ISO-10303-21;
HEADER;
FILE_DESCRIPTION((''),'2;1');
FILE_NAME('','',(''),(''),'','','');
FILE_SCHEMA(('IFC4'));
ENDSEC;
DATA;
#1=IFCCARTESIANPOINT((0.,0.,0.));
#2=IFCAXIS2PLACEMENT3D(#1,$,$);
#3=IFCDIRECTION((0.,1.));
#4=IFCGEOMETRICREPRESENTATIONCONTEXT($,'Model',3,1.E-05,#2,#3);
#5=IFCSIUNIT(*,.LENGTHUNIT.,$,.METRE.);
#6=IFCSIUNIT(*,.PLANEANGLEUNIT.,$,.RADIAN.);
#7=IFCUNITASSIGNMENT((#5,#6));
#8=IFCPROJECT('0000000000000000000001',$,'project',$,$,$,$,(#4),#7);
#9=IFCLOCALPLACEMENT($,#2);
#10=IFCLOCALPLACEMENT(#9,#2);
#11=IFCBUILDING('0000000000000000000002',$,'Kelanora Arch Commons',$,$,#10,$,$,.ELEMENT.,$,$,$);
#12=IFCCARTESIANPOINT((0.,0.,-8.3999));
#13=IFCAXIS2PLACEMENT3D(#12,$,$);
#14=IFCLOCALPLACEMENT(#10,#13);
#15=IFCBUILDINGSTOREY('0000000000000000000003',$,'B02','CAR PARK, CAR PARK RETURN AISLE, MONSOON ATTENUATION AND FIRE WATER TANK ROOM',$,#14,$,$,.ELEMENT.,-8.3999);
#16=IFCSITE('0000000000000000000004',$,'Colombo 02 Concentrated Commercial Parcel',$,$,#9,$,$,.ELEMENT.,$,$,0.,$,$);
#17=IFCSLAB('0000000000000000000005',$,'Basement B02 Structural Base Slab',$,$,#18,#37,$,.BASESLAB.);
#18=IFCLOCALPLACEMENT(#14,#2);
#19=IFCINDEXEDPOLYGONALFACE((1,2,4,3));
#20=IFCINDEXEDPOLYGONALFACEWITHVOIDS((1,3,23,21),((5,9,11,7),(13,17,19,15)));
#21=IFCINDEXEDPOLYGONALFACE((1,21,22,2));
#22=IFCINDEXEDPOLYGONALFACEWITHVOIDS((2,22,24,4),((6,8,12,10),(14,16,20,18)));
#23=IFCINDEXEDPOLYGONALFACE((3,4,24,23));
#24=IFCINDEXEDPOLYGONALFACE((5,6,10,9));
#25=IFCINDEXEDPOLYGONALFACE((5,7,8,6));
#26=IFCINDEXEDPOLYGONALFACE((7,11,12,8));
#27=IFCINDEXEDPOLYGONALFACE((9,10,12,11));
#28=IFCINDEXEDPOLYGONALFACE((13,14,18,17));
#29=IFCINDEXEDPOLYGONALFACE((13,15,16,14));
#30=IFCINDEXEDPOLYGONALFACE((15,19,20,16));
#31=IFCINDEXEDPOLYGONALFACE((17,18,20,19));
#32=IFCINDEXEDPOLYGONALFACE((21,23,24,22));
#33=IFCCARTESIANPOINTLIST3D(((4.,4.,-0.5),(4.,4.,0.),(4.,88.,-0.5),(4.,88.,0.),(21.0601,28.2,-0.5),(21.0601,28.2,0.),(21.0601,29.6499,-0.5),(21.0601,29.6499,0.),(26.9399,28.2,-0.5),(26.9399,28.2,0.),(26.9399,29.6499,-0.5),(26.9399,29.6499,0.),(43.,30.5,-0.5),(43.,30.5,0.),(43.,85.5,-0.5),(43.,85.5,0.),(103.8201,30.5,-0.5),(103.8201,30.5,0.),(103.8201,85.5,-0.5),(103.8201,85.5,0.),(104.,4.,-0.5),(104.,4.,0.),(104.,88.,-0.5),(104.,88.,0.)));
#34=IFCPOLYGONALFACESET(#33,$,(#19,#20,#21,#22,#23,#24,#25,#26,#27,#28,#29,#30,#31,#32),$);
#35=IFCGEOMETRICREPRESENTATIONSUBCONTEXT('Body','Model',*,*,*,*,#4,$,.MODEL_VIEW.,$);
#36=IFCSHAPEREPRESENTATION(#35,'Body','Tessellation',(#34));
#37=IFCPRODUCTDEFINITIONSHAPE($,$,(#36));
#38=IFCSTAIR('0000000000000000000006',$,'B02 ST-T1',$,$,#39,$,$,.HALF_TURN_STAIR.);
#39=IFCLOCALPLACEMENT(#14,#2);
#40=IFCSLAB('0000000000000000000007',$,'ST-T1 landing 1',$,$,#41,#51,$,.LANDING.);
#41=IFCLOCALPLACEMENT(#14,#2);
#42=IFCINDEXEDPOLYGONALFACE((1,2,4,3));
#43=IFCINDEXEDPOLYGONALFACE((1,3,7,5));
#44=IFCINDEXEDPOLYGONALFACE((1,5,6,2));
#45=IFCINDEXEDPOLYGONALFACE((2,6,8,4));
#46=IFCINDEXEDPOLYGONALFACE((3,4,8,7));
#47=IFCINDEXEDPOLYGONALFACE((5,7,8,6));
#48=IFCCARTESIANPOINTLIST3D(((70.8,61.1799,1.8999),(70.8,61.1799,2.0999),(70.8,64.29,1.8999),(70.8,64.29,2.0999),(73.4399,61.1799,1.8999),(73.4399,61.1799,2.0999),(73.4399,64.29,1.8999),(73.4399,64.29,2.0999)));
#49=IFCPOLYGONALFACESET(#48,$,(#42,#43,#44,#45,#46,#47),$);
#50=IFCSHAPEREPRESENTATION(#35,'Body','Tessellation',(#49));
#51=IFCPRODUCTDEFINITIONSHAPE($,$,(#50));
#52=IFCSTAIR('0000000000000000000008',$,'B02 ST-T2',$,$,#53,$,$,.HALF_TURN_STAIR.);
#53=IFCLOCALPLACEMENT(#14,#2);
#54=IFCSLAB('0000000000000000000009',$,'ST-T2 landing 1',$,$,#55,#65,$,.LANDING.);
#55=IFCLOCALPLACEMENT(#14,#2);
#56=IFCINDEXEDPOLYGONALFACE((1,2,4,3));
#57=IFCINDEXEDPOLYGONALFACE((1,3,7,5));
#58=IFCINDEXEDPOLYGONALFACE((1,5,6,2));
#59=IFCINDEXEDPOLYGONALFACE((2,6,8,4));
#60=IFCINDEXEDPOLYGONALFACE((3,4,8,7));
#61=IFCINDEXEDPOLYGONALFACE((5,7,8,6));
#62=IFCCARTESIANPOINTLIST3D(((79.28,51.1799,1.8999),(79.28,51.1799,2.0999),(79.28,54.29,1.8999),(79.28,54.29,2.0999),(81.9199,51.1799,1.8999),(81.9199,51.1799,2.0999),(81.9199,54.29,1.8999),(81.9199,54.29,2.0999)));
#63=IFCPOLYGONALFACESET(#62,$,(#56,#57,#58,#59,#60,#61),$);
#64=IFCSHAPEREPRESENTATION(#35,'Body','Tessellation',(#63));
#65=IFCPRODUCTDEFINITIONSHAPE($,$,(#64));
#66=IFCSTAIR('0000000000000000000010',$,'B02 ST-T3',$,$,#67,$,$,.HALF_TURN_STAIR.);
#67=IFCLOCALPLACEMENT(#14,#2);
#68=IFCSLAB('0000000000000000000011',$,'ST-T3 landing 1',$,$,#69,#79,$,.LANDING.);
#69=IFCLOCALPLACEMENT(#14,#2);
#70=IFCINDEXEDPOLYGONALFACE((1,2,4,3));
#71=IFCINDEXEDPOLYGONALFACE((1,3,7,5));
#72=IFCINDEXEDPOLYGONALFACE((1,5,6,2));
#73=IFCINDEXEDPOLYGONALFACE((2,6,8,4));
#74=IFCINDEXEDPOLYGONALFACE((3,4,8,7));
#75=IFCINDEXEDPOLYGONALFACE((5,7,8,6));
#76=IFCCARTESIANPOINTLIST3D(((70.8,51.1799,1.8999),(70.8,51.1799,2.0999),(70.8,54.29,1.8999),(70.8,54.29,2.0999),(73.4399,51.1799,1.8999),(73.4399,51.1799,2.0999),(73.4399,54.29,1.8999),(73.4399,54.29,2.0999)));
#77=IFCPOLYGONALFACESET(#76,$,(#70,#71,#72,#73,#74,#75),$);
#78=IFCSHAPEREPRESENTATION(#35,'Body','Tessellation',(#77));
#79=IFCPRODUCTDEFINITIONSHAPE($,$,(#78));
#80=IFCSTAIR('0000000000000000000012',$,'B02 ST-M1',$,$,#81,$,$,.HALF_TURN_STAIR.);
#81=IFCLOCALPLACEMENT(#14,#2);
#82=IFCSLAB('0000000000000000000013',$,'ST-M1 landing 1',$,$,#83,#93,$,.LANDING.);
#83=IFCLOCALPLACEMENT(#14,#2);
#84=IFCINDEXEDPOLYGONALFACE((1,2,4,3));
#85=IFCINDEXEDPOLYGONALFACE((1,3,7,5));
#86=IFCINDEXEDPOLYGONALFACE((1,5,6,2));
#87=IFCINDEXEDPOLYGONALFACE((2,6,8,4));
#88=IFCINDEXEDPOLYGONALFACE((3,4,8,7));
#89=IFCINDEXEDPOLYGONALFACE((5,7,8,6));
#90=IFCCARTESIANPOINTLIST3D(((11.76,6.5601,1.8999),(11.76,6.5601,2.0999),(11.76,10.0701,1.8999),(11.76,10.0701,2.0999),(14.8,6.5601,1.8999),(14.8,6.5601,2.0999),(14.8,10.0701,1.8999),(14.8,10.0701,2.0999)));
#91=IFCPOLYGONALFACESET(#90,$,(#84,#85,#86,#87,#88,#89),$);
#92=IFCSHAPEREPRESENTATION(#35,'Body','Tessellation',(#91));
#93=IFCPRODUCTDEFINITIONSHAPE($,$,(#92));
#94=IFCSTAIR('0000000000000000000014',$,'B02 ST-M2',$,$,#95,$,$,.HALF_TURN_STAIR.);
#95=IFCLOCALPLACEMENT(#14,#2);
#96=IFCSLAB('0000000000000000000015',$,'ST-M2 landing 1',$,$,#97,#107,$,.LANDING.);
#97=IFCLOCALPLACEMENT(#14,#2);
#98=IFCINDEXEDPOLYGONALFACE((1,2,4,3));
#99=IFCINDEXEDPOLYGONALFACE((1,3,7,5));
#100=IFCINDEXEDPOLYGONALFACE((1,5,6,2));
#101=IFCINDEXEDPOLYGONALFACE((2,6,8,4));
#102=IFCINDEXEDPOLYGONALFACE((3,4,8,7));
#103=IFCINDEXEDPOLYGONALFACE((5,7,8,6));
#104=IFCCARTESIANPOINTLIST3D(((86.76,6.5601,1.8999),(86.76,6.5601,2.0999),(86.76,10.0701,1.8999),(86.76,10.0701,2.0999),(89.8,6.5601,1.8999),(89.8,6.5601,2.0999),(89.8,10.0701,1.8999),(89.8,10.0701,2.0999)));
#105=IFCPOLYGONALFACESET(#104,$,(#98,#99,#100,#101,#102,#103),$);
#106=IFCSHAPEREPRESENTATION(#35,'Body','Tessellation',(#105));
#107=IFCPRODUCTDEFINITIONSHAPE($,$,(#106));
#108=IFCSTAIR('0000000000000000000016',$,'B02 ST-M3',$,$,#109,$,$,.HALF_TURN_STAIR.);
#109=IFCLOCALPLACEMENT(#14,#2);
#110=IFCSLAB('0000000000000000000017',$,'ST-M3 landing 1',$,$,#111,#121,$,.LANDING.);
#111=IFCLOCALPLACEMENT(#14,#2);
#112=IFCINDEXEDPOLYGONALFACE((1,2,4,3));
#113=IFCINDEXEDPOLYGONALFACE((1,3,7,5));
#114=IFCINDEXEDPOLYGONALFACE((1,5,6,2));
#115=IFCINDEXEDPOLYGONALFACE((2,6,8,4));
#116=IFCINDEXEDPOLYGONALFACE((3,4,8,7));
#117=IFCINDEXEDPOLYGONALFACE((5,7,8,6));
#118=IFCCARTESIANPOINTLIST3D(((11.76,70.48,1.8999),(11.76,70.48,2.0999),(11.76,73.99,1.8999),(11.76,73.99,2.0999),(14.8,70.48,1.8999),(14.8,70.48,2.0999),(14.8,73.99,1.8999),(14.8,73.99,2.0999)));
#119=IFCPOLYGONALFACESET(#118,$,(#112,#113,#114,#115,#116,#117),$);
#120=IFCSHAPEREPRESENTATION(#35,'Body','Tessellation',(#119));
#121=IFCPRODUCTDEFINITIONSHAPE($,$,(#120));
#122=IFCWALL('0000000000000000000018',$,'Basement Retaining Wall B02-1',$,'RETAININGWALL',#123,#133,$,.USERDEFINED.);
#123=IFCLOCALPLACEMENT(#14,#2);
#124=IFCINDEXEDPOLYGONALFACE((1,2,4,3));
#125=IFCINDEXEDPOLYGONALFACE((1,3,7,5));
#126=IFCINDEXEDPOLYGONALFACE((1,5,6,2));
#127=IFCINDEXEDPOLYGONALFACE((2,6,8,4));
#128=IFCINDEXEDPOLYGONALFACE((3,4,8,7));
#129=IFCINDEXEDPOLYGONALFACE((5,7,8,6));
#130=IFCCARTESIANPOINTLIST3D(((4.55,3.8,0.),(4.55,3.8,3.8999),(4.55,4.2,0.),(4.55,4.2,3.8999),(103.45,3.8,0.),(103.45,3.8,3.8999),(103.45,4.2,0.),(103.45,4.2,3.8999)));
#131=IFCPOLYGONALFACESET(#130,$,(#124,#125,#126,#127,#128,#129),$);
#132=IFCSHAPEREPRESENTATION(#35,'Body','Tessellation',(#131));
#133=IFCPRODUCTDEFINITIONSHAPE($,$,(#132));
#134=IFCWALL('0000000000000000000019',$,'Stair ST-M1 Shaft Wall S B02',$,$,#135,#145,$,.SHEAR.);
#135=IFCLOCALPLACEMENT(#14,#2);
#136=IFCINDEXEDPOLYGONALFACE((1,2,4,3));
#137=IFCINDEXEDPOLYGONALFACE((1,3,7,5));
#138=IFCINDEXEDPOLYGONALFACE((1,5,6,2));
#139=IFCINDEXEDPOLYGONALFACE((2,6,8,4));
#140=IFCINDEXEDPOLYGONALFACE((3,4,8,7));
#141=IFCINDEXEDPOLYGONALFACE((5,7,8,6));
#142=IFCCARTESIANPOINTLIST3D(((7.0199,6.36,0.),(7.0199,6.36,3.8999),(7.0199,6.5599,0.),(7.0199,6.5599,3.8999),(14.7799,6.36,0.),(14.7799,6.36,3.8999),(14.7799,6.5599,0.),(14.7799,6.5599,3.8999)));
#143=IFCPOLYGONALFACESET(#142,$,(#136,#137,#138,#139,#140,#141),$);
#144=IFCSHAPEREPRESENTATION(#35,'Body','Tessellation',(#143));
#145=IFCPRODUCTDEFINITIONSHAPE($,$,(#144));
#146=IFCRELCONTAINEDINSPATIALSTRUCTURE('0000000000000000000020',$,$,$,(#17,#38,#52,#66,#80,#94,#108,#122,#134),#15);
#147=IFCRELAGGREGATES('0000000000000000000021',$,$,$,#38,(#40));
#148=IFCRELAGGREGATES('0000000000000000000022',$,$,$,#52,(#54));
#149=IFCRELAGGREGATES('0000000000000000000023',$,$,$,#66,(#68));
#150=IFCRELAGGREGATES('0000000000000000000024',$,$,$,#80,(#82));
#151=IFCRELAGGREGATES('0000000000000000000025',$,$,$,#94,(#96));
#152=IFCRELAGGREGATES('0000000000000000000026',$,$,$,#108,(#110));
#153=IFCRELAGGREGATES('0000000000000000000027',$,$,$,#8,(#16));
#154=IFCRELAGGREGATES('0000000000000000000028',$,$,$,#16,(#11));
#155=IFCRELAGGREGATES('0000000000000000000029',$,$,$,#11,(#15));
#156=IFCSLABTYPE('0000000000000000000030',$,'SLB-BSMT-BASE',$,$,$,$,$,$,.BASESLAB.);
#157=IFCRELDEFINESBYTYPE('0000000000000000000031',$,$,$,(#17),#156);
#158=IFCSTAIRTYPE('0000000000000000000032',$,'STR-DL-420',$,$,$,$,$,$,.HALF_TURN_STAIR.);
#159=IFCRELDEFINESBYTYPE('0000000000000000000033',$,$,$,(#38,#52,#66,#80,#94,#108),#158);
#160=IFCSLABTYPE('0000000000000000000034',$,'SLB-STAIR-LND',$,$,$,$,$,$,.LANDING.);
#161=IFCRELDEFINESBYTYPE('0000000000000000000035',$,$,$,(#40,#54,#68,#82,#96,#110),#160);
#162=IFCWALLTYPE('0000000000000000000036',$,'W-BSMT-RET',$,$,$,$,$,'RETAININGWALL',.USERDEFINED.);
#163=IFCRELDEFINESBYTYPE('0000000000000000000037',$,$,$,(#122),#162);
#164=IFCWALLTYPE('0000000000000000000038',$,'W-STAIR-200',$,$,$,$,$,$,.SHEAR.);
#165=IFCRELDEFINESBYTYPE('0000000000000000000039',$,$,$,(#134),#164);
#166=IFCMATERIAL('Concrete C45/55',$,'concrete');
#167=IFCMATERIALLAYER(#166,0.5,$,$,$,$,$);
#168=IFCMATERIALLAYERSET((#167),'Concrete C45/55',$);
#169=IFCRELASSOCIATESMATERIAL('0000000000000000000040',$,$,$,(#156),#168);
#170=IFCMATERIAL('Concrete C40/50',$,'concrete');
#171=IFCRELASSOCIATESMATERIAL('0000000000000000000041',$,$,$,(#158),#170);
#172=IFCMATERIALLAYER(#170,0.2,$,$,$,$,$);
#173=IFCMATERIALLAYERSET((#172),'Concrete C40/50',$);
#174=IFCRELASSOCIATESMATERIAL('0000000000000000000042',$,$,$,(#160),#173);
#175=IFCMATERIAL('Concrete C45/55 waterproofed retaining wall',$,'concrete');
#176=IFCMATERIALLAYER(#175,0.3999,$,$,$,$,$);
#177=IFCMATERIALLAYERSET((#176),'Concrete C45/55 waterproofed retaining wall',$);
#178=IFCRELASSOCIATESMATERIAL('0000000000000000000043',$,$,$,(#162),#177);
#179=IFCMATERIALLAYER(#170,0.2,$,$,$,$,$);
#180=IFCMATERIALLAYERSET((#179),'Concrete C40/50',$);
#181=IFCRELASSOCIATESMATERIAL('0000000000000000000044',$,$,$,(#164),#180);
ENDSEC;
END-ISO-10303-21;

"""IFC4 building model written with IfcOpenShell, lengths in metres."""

from ifc_helpers import new_model, si_unit, direction, frame, frame_2d, origin, place, context, subcontext, project, spatial, polyline, rectangle, outline, extrude, material, layer, layer_set, type_object, element, aggregate, save


model = new_model("IFC4")

# Units and contexts
model_context = context("Model", 3, precision=1e-05, world=origin(), true_north=direction((0.0, 1.0)))
body_context = subcontext(model_context, "Body", "Model", "MODEL_VIEW")
ifc_project = project(units=[si_unit("LENGTHUNIT", "METRE"), si_unit("PLANEANGLEUNIT", "RADIAN")], contexts=[model_context])

# Site, building, storey
site_placement = place(None, origin())
site = spatial("IfcSite", under=ifc_project, at=site_placement, Name="Colombo 02 Concentrated Commercial Parcel", CompositionType="ELEMENT", RefElevation=0.0)
building_placement = place(site_placement, origin())
building = spatial("IfcBuilding", under=site, at=building_placement, Name="Kelanora Arch Commons", CompositionType="ELEMENT")
storey_placement = place(building_placement, frame((0.0, 0.0, -8.3999)))
storey = spatial("IfcBuildingStorey", under=building, at=storey_placement, Name="B02", Description="CAR PARK, CAR PARK RETURN AISLE, MONSOON ATTENUATION AND FIRE WATER TANK ROOM", CompositionType="ELEMENT", Elevation=-8.3999)

# Shared definitions
ifc_material_1 = material(Name="Concrete C40/50", Category="concrete")

# Shared definitions
ifc_material_2 = material(Name="Concrete C45/55", Category="concrete")

# Slab
ifc_layer_1 = layer(ifc_material_2, 0.5)
ifc_layer_set_1 = layer_set([ifc_layer_1], Name="Concrete C45/55")
slab_type_1 = type_object("IfcSlabType", Name="SLB-BSMT-BASE", PredefinedType="BASESLAB", material=ifc_layer_set_1)
slab_1_placement = place(storey_placement, frame((0.0, 0.0, -0.5)))
element("IfcSlab", 1, at=slab_1_placement, inside=storey, type_object=slab_type_1, Name="Basement B02 Structural Base Slab", PredefinedType="BASESLAB", context=body_context, shape_type="SweptSolid", body=[
    extrude(outline(polyline([(4.0, 4.0), (104.0, 4.0), (104.0, 88.0), (4.0, 88.0), (4.0, 4.0)]), holes=[polyline([(26.9399, 29.6499), (26.9399, 28.2), (21.0601, 28.2), (21.0601, 29.6499), (26.9399, 29.6499)]), polyline([(43.0, 85.5), (103.8201, 85.5), (103.8201, 30.5), (43.0, 30.5), (43.0, 85.5)])]), origin(), (0.0, 0.0, 1.0), 0.5),
])

# Stairs, slabs
stair_type = type_object("IfcStairType", Name="STR-DL-420", PredefinedType="HALF_TURN_STAIR", material=ifc_material_1)
stair_1_placement = place(storey_placement, origin())
stair_1 = element("IfcStair", 2, at=stair_1_placement, inside=storey, type_object=stair_type, Name="B02 ST-T1", PredefinedType="HALF_TURN_STAIR")
ifc_layer_2 = layer(ifc_material_1, 0.2)
ifc_layer_set_2 = layer_set([ifc_layer_2], Name="Concrete C40/50")
slab_type_2 = type_object("IfcSlabType", Name="SLB-STAIR-LND", PredefinedType="LANDING", material=ifc_layer_set_2)
slab_2_placement = place(storey_placement, frame((0.0, 0.0, 1.8999)))
slab_2 = element("IfcSlab", 3, at=slab_2_placement, type_object=slab_type_2, Name="ST-T1 landing 1", PredefinedType="LANDING", context=body_context, shape_type="SweptSolid", body=[
    extrude(outline(polyline([(70.8, 61.1799), (73.4399, 61.1799), (73.4399, 64.29), (70.8, 64.29), (70.8, 61.1799)])), origin(), (0.0, 0.0, 1.0), 0.2),
])
aggregate(stair_1, [slab_2])
stair_2_placement = place(storey_placement, origin())
stair_2 = element("IfcStair", 4, at=stair_2_placement, inside=storey, type_object=stair_type, Name="B02 ST-T2", PredefinedType="HALF_TURN_STAIR")
slab_3_placement = place(storey_placement, frame((0.0, 0.0, 1.8999)))
slab_3 = element("IfcSlab", 5, at=slab_3_placement, type_object=slab_type_2, Name="ST-T2 landing 1", PredefinedType="LANDING", context=body_context, shape_type="SweptSolid", body=[
    extrude(outline(polyline([(79.28, 51.1799), (81.9199, 51.1799), (81.9199, 54.29), (79.28, 54.29), (79.28, 51.1799)])), origin(), (0.0, 0.0, 1.0), 0.2),
])
aggregate(stair_2, [slab_3])
stair_3_placement = place(storey_placement, origin())
stair_3 = element("IfcStair", 6, at=stair_3_placement, inside=storey, type_object=stair_type, Name="B02 ST-T3", PredefinedType="HALF_TURN_STAIR")
slab_4_placement = place(storey_placement, frame((0.0, 0.0, 1.8999)))
slab_4 = element("IfcSlab", 7, at=slab_4_placement, type_object=slab_type_2, Name="ST-T3 landing 1", PredefinedType="LANDING", context=body_context, shape_type="SweptSolid", body=[
    extrude(outline(polyline([(70.8, 51.1799), (73.4399, 51.1799), (73.4399, 54.29), (70.8, 54.29), (70.8, 51.1799)])), origin(), (0.0, 0.0, 1.0), 0.2),
])
aggregate(stair_3, [slab_4])
stair_4_placement = place(storey_placement, origin())
stair_4 = element("IfcStair", 8, at=stair_4_placement, inside=storey, type_object=stair_type, Name="B02 ST-M1", PredefinedType="HALF_TURN_STAIR")
slab_5_placement = place(storey_placement, frame((0.0, 0.0, 1.8999)))
slab_5 = element("IfcSlab", 9, at=slab_5_placement, type_object=slab_type_2, Name="ST-M1 landing 1", PredefinedType="LANDING", context=body_context, shape_type="SweptSolid", body=[
    extrude(outline(polyline([(11.76, 6.5601), (14.8, 6.5601), (14.8, 10.0701), (11.76, 10.0701), (11.76, 6.5601)])), origin(), (0.0, 0.0, 1.0), 0.2),
])
aggregate(stair_4, [slab_5])
stair_5_placement = place(storey_placement, origin())
stair_5 = element("IfcStair", 10, at=stair_5_placement, inside=storey, type_object=stair_type, Name="B02 ST-M2", PredefinedType="HALF_TURN_STAIR")
slab_6_placement = place(storey_placement, frame((0.0, 0.0, 1.8999)))
slab_6 = element("IfcSlab", 11, at=slab_6_placement, type_object=slab_type_2, Name="ST-M2 landing 1", PredefinedType="LANDING", context=body_context, shape_type="SweptSolid", body=[
    extrude(outline(polyline([(86.76, 6.5601), (89.8, 6.5601), (89.8, 10.0701), (86.76, 10.0701), (86.76, 6.5601)])), origin(), (0.0, 0.0, 1.0), 0.2),
])
aggregate(stair_5, [slab_6])
stair_6_placement = place(storey_placement, origin())
stair_6 = element("IfcStair", 12, at=stair_6_placement, inside=storey, type_object=stair_type, Name="B02 ST-M3", PredefinedType="HALF_TURN_STAIR")
slab_7_placement = place(storey_placement, frame((0.0, 0.0, 1.8999)))
slab_7 = element("IfcSlab", 13, at=slab_7_placement, type_object=slab_type_2, Name="ST-M3 landing 1", PredefinedType="LANDING", context=body_context, shape_type="SweptSolid", body=[
    extrude(outline(polyline([(11.76, 70.48), (14.8, 70.48), (14.8, 73.99), (11.76, 73.99), (11.76, 70.48)])), origin(), (0.0, 0.0, 1.0), 0.2),
])
aggregate(stair_6, [slab_7])

# Walls
ifc_material_3 = material(Name="Concrete C45/55 waterproofed retaining wall", Category="concrete")
ifc_layer_3 = layer(ifc_material_3, 0.3999)
ifc_layer_set_3 = layer_set([ifc_layer_3], Name="Concrete C45/55 waterproofed retaining wall")
wall_type_1 = type_object("IfcWallType", Name="W-BSMT-RET", ElementType="RETAININGWALL", PredefinedType="USERDEFINED", material=ifc_layer_set_3)
wall_1_placement = place(storey_placement, frame((4.55, 4.0, 0.0), z_axis=(0.0, 0.0, 1.0), x_axis=(1.0, 0.0, 0.0)))
element("IfcWall", 14, at=wall_1_placement, inside=storey, type_object=wall_type_1, Name="Basement Retaining Wall B02-1", ObjectType="RETAININGWALL", PredefinedType="USERDEFINED", context=body_context, shape_type="SweptSolid", body=[
    extrude(rectangle(XDim=98.8999, YDim=0.3999, at=frame_2d((49.45, 0.0))), origin(), (0.0, 0.0, 1.0), 3.8999),
])
ifc_layer_4 = layer(ifc_material_1, 0.2)
ifc_layer_set_4 = layer_set([ifc_layer_4], Name="Concrete C40/50")
wall_type_2 = type_object("IfcWallType", Name="W-STAIR-200", PredefinedType="SHEAR", material=ifc_layer_set_4)
wall_2_placement = place(storey_placement, frame((7.02, 6.46, 0.0), z_axis=(0.0, 0.0, 1.0), x_axis=(1.0, 0.0, 0.0)))
element("IfcWall", 15, at=wall_2_placement, inside=storey, type_object=wall_type_2, Name="Stair ST-M1 Shaft Wall S B02", PredefinedType="SHEAR", context=body_context, shape_type="SweptSolid", body=[
    extrude(rectangle(XDim=7.76, YDim=0.2, at=frame_2d((3.8799, 0.0))), origin(), (0.0, 0.0, 1.0), 3.8999),
])

save(model, "model.ifc")
